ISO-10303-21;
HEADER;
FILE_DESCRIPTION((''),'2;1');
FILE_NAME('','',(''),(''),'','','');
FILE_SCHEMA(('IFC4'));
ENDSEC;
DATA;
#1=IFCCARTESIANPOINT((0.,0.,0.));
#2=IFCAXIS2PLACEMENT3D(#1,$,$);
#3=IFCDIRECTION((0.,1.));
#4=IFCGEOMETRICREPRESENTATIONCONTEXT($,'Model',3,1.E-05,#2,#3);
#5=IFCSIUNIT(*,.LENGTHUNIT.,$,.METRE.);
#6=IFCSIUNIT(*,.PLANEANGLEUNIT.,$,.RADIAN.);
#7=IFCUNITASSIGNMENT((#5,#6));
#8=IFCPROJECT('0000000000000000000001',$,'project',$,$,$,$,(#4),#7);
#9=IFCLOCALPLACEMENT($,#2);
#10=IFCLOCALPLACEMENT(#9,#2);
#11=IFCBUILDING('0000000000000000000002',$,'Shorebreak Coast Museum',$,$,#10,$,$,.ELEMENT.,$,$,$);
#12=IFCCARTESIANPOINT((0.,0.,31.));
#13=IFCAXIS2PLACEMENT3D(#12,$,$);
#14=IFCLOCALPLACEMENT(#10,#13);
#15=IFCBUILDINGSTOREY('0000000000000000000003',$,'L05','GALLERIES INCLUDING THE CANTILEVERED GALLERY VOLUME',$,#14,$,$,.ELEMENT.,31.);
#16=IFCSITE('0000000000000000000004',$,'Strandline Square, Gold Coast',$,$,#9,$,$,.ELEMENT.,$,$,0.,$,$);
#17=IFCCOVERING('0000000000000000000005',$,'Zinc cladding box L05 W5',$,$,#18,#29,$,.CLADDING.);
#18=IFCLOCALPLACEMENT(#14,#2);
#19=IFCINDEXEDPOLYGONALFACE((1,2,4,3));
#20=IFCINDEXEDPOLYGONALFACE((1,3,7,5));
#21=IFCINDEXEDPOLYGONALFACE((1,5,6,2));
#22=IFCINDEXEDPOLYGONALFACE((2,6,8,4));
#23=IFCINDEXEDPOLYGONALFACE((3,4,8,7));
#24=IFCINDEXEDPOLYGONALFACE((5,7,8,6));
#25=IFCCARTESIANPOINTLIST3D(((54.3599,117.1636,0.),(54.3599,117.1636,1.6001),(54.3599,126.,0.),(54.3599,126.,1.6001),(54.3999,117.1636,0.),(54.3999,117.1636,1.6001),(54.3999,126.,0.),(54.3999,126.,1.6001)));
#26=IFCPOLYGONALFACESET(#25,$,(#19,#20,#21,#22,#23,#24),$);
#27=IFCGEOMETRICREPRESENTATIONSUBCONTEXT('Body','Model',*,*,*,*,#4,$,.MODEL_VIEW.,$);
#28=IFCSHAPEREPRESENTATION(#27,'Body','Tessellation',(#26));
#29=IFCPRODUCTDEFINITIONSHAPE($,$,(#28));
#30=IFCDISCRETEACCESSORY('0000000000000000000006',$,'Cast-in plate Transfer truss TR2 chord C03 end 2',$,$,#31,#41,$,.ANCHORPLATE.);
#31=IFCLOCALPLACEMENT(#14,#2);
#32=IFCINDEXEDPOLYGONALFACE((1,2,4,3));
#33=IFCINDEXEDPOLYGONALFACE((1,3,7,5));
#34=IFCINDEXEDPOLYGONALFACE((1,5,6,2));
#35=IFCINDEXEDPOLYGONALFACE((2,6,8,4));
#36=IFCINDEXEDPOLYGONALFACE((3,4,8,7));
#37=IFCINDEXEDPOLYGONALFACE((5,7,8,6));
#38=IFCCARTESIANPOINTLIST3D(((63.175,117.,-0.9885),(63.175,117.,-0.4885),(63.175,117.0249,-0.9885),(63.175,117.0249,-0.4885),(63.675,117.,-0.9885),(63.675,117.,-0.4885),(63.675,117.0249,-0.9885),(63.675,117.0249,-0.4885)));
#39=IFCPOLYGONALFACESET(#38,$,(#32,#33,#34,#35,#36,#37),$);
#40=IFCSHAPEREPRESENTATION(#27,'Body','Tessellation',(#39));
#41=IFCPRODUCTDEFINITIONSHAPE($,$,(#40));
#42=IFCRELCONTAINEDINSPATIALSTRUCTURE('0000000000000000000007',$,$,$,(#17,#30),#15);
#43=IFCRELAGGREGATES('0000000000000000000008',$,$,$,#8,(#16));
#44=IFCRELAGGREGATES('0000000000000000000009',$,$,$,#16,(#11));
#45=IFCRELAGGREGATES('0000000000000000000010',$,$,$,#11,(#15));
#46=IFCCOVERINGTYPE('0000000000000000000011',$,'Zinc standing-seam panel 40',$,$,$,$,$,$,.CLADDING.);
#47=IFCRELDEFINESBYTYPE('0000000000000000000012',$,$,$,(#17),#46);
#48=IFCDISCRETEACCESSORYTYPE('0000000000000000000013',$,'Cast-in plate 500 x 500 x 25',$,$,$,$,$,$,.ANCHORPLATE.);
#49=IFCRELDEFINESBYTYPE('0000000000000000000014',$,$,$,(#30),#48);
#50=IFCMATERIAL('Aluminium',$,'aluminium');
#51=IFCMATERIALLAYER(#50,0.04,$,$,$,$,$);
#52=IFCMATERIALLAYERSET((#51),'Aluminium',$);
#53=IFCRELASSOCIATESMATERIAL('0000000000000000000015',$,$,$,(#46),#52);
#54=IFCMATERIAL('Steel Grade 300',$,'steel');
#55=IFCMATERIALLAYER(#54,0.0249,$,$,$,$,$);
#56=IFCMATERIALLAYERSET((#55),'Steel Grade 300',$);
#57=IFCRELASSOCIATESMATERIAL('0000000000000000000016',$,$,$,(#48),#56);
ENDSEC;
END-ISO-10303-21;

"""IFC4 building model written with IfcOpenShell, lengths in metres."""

from ifc_helpers import new_model, si_unit, direction, frame, origin, origin_2d, place, context, subcontext, project, spatial, polyline, rectangle, outline, extrude, material, layer, layer_set, type_object, element, save


model = new_model("IFC4")

# Units and contexts
model_context = context("Model", 3, precision=1e-05, world=origin(), true_north=direction((0.0, 1.0)))
body_context = subcontext(model_context, "Body", "Model", "MODEL_VIEW")
ifc_project = project(units=[si_unit("LENGTHUNIT", "METRE"), si_unit("PLANEANGLEUNIT", "RADIAN")], contexts=[model_context])

# Site, building, storey
site_placement = place(None, origin())
site = spatial("IfcSite", under=ifc_project, at=site_placement, Name="Strandline Square, Gold Coast", CompositionType="ELEMENT", RefElevation=0.0)
building_placement = place(site_placement, origin())
building = spatial("IfcBuilding", under=site, at=building_placement, Name="Shorebreak Coast Museum", CompositionType="ELEMENT")
storey_placement = place(building_placement, frame((0.0, 0.0, 31.0)))
storey = spatial("IfcBuildingStorey", under=building, at=storey_placement, Name="L05", Description="GALLERIES INCLUDING THE CANTILEVERED GALLERY VOLUME", CompositionType="ELEMENT", Elevation=31.0)

# Covering
ifc_material_1 = material(Name="Aluminium", Category="aluminium")
ifc_layer_1 = layer(ifc_material_1, 0.04)
ifc_layer_set_1 = layer_set([ifc_layer_1], Name="Aluminium")
covering_type = type_object("IfcCoveringType", Name="Zinc standing-seam panel 40", PredefinedType="CLADDING", material=ifc_layer_set_1)
covering_placement = place(storey_placement, frame((54.3799, 121.5818, 0.0), z_axis=(0.0, 0.0, 1.0), x_axis=(1.0, 0.0, 0.0)))
element("IfcCovering", 1, at=covering_placement, inside=storey, type_object=covering_type, Name="Zinc cladding box L05 W5", PredefinedType="CLADDING", context=body_context, shape_type="SweptSolid", body=[
    extrude(rectangle(XDim=0.04, YDim=8.8364, at=origin_2d()), origin(), (0.0, 0.0, 1.0), 1.6001),
])

# Discrete accessory
ifc_material_2 = material(Name="Steel Grade 300", Category="steel")
ifc_layer_2 = layer(ifc_material_2, 0.0249)
ifc_layer_set_2 = layer_set([ifc_layer_2], Name="Steel Grade 300")
discrete_accessory_type = type_object("IfcDiscreteAccessoryType", Name="Cast-in plate 500 x 500 x 25", PredefinedType="ANCHORPLATE", material=ifc_layer_set_2)
discrete_accessory_placement = place(storey_placement, frame((63.175, 117.0, -0.9885), z_axis=(0.0, -1.0, 0.0), x_axis=(1.0, 0.0, 0.0)))
element("IfcDiscreteAccessory", 2, at=discrete_accessory_placement, inside=storey, type_object=discrete_accessory_type, Name="Cast-in plate Transfer truss TR2 chord C03 end 2", PredefinedType="ANCHORPLATE", context=body_context, shape_type="SweptSolid", body=[
    extrude(outline(polyline([(0.0, 0.0), (0.5, 0.0), (0.5, 0.5), (0.0, 0.5), (0.0, 0.0)])), origin(), (0.0, 0.0, -1.0), 0.0249),
])

save(model, "model.ifc")
